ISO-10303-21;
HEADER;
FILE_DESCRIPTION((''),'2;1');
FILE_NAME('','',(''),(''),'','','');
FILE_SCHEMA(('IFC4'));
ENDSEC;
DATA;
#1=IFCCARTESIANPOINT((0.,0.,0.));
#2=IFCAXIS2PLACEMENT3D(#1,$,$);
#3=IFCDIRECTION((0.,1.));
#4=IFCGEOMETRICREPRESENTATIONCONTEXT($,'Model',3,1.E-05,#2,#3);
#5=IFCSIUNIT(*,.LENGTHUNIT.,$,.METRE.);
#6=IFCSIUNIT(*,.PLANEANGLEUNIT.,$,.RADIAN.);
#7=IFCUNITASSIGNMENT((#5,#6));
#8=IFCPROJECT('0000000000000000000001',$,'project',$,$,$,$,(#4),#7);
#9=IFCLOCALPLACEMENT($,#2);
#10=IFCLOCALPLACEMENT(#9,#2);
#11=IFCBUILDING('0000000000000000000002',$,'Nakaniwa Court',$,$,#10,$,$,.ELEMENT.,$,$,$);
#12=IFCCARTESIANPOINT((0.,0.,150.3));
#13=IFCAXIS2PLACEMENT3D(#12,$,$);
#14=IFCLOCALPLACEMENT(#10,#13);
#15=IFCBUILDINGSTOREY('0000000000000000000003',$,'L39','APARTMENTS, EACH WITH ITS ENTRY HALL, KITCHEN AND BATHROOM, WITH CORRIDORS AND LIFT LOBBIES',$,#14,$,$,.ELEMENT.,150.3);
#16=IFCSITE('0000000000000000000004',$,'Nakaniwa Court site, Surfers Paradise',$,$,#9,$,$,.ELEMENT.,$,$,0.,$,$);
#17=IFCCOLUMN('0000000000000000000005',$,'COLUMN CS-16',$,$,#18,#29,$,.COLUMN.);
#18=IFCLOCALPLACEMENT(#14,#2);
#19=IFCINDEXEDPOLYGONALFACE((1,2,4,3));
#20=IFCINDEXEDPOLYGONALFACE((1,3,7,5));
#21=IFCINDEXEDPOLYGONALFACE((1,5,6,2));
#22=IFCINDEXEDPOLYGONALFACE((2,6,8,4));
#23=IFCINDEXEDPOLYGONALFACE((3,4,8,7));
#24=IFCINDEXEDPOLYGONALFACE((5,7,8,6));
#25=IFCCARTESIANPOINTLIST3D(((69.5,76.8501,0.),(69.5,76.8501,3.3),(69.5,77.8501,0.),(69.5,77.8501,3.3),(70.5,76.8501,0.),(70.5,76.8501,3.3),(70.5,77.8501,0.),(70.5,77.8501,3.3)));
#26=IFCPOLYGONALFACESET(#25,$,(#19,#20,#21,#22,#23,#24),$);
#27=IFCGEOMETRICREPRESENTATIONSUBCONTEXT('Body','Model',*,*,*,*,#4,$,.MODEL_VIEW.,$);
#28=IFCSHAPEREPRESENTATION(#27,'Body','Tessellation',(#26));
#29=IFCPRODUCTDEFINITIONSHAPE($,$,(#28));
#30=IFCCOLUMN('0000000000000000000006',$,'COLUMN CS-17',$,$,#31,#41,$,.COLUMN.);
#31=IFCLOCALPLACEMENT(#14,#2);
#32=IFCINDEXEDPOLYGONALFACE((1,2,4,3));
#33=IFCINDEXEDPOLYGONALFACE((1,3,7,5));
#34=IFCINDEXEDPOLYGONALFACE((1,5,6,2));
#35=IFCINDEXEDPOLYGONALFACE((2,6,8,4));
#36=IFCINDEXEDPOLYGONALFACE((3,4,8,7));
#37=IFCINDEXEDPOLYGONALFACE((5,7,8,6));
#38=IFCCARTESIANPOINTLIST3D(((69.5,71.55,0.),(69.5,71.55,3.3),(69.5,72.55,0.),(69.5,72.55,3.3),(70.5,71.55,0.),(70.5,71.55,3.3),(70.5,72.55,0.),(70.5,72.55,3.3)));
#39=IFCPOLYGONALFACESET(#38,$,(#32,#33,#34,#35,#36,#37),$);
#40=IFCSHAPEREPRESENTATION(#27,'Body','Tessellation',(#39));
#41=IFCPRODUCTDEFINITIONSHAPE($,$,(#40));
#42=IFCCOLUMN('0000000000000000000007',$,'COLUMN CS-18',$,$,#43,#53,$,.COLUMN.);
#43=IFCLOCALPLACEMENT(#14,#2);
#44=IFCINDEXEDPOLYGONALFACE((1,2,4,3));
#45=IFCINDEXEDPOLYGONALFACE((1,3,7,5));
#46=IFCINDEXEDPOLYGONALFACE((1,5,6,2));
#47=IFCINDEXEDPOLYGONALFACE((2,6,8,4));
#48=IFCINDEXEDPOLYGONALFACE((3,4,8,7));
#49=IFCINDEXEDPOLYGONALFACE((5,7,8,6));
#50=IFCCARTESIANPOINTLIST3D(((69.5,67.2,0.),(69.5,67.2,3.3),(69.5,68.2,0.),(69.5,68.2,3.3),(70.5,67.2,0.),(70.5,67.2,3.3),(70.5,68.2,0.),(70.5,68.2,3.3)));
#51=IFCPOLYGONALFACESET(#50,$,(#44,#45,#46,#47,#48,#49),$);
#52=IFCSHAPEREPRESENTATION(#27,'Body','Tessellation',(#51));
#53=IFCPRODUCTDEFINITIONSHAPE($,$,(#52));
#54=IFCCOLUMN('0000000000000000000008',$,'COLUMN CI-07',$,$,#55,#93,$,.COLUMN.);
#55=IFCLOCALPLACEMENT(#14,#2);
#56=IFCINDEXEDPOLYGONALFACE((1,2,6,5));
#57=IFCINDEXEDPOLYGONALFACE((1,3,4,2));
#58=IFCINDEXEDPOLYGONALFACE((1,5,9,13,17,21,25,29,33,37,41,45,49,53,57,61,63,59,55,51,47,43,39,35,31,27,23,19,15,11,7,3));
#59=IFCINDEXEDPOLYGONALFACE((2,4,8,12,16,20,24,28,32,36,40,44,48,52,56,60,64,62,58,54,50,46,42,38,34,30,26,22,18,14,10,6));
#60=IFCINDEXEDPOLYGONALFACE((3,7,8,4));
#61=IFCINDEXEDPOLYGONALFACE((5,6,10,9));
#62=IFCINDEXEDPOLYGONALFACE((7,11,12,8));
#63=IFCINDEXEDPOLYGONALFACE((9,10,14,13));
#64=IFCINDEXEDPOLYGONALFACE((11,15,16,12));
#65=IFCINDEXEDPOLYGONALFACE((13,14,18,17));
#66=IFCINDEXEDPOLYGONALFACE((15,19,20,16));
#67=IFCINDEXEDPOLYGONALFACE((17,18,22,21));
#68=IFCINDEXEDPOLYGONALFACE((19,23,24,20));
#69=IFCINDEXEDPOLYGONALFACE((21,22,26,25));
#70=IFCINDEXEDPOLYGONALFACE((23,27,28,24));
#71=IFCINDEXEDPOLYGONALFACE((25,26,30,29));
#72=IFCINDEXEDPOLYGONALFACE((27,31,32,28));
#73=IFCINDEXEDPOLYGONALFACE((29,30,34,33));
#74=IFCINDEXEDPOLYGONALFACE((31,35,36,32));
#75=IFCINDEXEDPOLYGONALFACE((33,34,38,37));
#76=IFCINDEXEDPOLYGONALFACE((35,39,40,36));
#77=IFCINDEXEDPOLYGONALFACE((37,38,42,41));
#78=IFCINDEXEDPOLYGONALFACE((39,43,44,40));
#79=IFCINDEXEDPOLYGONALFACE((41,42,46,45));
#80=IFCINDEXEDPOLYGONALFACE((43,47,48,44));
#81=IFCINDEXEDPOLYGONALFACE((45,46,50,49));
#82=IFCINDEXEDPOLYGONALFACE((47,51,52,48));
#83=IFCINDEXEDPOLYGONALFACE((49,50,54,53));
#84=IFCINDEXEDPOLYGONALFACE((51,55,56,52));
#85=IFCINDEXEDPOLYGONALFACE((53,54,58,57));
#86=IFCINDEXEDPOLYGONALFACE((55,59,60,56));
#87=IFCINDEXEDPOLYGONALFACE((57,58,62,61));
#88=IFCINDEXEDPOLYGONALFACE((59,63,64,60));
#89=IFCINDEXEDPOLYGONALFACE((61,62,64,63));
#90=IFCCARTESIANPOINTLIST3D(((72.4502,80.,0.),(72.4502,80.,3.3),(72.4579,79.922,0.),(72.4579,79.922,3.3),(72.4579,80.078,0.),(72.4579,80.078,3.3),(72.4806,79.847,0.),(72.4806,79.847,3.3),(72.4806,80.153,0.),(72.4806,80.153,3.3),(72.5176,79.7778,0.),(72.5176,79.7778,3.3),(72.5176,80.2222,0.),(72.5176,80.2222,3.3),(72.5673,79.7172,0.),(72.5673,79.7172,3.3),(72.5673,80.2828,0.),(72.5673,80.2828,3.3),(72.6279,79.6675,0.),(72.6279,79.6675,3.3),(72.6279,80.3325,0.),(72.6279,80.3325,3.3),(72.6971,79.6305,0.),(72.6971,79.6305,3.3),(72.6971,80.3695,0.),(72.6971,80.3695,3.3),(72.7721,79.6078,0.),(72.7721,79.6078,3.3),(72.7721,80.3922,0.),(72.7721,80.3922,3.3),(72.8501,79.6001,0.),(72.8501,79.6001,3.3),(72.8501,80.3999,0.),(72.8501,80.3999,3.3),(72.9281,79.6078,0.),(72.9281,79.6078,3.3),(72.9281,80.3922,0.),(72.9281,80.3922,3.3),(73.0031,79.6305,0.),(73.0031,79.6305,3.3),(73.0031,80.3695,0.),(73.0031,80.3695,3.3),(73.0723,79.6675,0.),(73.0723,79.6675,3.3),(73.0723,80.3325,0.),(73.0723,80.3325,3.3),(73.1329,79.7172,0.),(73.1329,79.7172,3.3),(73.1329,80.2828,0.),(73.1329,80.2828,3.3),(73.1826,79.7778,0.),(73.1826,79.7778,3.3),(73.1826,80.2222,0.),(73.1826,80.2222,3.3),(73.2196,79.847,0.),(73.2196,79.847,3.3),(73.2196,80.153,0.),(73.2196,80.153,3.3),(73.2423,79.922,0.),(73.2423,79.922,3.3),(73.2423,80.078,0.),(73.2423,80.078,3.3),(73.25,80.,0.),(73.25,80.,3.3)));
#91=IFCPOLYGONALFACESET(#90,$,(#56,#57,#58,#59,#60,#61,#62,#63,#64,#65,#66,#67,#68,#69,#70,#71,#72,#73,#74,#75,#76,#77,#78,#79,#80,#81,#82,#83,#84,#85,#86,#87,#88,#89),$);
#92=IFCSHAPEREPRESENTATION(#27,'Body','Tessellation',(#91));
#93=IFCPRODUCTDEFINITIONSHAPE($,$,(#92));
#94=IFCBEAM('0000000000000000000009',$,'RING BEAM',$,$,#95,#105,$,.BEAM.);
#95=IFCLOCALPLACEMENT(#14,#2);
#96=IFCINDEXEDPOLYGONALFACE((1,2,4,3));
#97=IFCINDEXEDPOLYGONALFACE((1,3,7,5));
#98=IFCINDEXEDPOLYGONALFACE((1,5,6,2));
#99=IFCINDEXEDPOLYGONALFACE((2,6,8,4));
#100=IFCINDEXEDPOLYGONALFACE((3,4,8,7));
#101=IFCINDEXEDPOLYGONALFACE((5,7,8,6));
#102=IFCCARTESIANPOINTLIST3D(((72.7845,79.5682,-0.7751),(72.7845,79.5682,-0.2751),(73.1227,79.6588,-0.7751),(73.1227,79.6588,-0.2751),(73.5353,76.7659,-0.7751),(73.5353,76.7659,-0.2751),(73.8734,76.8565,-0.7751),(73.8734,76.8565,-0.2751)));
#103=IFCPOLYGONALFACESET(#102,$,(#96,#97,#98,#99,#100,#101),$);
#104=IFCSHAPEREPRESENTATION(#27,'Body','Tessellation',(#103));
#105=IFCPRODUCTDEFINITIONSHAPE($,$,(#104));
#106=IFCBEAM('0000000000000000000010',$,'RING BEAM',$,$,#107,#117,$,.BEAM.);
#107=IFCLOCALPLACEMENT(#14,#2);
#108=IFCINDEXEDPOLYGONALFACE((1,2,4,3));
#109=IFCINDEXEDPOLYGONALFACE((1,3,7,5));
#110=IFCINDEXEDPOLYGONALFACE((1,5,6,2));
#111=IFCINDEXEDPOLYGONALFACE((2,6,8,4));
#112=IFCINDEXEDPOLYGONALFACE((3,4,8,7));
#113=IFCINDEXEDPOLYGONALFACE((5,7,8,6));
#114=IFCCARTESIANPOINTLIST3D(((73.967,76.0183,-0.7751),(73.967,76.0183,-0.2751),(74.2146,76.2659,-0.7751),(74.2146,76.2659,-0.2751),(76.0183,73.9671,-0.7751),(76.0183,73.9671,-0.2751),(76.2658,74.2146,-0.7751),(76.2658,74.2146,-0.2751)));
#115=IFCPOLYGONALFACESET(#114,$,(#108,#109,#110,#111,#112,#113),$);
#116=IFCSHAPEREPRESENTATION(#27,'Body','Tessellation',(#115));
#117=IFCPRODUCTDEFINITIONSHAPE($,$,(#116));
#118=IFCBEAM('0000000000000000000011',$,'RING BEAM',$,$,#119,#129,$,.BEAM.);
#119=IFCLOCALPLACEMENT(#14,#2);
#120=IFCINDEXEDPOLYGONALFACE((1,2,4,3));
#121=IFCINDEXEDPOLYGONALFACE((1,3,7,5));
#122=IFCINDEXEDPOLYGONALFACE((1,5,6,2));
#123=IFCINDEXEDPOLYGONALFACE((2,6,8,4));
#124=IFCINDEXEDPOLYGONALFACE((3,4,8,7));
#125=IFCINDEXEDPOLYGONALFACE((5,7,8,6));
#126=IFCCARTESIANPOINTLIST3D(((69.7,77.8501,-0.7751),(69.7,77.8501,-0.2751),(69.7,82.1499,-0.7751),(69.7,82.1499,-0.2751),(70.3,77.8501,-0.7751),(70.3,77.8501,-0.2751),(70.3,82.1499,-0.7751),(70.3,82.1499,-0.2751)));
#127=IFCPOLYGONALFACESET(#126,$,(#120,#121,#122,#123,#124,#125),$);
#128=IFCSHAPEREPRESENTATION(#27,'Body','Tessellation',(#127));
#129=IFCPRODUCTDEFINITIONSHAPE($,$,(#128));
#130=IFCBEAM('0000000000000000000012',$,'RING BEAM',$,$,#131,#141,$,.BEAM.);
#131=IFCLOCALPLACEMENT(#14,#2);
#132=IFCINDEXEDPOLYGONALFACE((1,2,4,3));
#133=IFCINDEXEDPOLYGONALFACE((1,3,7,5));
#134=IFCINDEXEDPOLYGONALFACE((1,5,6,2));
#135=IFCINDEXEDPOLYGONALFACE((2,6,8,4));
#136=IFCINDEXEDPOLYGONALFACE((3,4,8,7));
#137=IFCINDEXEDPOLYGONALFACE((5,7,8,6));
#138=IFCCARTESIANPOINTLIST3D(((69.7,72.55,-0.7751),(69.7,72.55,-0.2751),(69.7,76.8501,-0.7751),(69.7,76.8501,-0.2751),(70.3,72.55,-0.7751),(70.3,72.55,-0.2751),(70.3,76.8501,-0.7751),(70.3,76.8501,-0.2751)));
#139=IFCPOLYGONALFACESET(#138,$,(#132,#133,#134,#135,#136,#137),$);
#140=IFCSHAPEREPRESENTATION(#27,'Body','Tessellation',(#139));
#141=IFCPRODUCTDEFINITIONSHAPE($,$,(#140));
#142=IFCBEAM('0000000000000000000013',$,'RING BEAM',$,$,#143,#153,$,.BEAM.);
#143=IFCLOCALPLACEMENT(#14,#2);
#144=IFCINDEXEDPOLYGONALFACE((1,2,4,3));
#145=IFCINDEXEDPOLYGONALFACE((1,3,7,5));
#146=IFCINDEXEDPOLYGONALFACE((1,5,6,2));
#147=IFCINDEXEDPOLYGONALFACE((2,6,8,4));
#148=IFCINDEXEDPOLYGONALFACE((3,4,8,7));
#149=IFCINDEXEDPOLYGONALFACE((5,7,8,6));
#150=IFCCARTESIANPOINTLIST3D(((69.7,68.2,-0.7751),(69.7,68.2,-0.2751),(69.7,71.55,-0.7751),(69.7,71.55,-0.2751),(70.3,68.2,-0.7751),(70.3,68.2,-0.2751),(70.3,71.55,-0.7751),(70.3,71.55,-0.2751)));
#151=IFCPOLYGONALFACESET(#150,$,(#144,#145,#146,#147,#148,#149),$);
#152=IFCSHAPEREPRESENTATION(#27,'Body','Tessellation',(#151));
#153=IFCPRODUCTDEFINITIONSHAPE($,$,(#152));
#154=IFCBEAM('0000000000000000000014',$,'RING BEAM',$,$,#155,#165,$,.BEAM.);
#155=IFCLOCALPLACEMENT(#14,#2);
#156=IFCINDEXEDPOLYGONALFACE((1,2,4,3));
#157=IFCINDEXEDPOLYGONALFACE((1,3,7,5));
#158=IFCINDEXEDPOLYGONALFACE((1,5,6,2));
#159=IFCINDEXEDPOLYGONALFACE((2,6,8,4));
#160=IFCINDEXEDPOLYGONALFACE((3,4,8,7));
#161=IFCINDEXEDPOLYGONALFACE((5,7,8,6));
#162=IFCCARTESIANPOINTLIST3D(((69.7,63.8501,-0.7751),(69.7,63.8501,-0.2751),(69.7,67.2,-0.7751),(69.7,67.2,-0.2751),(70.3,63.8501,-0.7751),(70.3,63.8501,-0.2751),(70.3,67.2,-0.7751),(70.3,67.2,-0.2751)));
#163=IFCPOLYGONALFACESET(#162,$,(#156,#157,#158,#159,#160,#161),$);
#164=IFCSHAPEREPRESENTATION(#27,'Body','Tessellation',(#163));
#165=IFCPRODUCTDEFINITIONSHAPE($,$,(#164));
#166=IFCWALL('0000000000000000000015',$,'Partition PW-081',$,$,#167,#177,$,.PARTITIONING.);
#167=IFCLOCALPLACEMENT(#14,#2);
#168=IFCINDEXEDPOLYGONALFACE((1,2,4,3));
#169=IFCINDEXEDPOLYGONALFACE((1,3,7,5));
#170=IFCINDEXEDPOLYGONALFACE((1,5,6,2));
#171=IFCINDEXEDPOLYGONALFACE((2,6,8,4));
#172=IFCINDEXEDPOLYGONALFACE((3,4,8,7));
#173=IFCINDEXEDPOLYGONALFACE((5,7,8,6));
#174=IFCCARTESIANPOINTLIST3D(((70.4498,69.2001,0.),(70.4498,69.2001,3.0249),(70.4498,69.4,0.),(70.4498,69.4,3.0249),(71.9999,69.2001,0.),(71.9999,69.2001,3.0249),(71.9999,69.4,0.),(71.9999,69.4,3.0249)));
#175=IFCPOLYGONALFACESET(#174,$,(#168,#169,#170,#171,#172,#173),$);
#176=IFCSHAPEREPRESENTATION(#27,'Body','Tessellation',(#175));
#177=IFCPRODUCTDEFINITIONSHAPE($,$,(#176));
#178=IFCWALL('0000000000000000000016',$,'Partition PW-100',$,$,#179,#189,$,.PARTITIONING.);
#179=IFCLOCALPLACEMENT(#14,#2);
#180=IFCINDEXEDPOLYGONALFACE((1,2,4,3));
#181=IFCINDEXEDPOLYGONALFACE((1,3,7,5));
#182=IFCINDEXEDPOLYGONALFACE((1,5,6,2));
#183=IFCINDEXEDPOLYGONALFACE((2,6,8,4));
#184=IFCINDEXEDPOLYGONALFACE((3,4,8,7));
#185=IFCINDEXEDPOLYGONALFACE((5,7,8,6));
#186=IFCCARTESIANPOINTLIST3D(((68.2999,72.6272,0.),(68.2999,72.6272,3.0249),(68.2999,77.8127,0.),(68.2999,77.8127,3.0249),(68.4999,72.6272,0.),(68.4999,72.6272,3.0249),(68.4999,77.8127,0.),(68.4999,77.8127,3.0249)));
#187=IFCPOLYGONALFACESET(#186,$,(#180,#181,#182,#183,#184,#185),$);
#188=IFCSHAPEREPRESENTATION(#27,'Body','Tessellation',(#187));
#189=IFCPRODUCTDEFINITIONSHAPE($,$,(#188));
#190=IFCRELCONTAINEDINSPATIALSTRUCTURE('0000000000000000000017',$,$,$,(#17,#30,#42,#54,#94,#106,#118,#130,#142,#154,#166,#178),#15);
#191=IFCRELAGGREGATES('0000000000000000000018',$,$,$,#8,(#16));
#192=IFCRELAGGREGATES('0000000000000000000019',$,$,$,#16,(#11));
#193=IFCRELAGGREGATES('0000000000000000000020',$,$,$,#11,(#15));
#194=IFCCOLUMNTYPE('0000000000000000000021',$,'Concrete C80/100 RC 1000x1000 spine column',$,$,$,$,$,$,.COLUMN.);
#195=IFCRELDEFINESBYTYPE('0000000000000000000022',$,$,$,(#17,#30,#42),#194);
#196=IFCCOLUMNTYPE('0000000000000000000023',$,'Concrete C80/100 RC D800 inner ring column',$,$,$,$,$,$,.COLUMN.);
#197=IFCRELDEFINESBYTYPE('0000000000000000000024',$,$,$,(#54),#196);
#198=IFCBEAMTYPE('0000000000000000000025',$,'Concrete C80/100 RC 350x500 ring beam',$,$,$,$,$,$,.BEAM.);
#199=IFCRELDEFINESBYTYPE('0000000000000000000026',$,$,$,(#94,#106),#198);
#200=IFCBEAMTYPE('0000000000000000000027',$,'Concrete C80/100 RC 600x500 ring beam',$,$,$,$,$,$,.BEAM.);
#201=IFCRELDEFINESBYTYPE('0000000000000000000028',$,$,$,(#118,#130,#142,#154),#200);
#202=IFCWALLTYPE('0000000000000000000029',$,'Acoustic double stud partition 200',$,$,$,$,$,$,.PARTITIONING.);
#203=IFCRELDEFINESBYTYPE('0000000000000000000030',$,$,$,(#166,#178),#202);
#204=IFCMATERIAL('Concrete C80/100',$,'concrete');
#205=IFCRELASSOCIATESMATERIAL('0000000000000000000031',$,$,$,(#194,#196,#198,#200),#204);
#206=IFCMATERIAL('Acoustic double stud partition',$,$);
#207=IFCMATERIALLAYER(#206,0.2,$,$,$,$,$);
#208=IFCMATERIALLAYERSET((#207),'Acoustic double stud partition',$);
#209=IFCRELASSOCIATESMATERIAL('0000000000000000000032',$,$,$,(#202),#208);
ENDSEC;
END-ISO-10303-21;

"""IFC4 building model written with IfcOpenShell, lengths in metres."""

from ifc_helpers import new_model, si_unit, direction, frame, frame_2d, origin, origin_2d, place, context, subcontext, project, spatial, rectangle, circle, extrude, material, layer, layer_set, material_profile, profile_set, type_object, element, save


model = new_model("IFC4")

# Units and contexts
model_context = context("Model", 3, precision=1e-05, world=origin(), true_north=direction((0.0, 1.0)))
body_context = subcontext(model_context, "Body", "Model", "MODEL_VIEW")
ifc_project = project(units=[si_unit("LENGTHUNIT", "METRE"), si_unit("PLANEANGLEUNIT", "RADIAN")], contexts=[model_context])

# Site, building, storey
site_placement = place(None, origin())
site = spatial("IfcSite", under=ifc_project, at=site_placement, Name="Nakaniwa Court site, Surfers Paradise", CompositionType="ELEMENT", RefElevation=0.0)
building_placement = place(site_placement, origin())
building = spatial("IfcBuilding", under=site, at=building_placement, Name="Nakaniwa Court", CompositionType="ELEMENT")
storey_placement = place(building_placement, frame((0.0, 0.0, 150.3)))
storey = spatial("IfcBuildingStorey", under=building, at=storey_placement, Name="L39", Description="APARTMENTS, EACH WITH ITS ENTRY HALL, KITCHEN AND BATHROOM, WITH CORRIDORS AND LIFT LOBBIES", CompositionType="ELEMENT", Elevation=150.3)

# Columns
ifc_material_1 = material(Name="Concrete C80/100", Category="concrete")
ifc_material_profile_1 = material_profile(ifc_material_1, rectangle(XDim=1.0, YDim=1.0, at=origin_2d()), Name="Concrete C80/100 RC 1000x1000 spine column")
ifc_profile_set_1 = profile_set([ifc_material_profile_1], Name="Concrete C80/100")
column_type_1 = type_object("IfcColumnType", Name="Concrete C80/100 RC 1000x1000 spine column", PredefinedType="COLUMN", material=ifc_profile_set_1)
for number, where, z_axis, x_axis, name in (
    (1, (70.0, 77.3501, 0.0), (0.0, 0.0, 1.0), (0.0, -1.0, 0.0), "COLUMN CS-16"),
    (2, (70.0, 72.05, 0.0), (0.0, 0.0, 1.0), (0.0, -1.0, 0.0), "COLUMN CS-17"),
    (3, (70.0, 67.7, 0.0), (0.0, 0.0, 1.0), (0.0, -1.0, 0.0), "COLUMN CS-18"),
):
    element("IfcColumn", number, at=place(storey_placement, frame(where, z_axis=z_axis, x_axis=x_axis)), inside=storey, type_object=column_type_1, Name=name, PredefinedType="COLUMN", context=body_context, shape_type="SweptSolid", body=[
        extrude(rectangle(XDim=1.0, YDim=1.0, at=origin_2d()), origin(), (0.0, 0.0, 1.0), 3.3),
    ])
ifc_material_profile_2 = material_profile(ifc_material_1, circle(Radius=0.3999, at=origin_2d()), Name="Concrete C80/100 RC D800 inner ring column")
ifc_profile_set_2 = profile_set([ifc_material_profile_2], Name="Concrete C80/100")
column_type_2 = type_object("IfcColumnType", Name="Concrete C80/100 RC D800 inner ring column", PredefinedType="COLUMN", material=ifc_profile_set_2)
for number, where, z_axis, x_axis, name in (
    (4, (72.8501, 80.0, 0.0), (0.0, 0.0, 1.0), (0.0, -1.0, 0.0), "COLUMN CI-07"),
):
    element("IfcColumn", number, at=place(storey_placement, frame(where, z_axis=z_axis, x_axis=x_axis)), inside=storey, type_object=column_type_2, Name=name, PredefinedType="COLUMN", context=body_context, shape_type="SweptSolid", body=[
        extrude(circle(Radius=0.3999, at=origin_2d()), origin(), (0.0, 0.0, 1.0), 3.3),
    ])

# Beams
ifc_material_profile_3 = material_profile(ifc_material_1, rectangle(XDim=0.3501, YDim=0.5, at=origin_2d()), Name="Concrete C80/100 RC 350x500 ring beam")
ifc_profile_set_3 = profile_set([ifc_material_profile_3], Name="Concrete C80/100")
beam_type_1 = type_object("IfcBeamType", Name="Concrete C80/100 RC 350x500 ring beam", PredefinedType="BEAM", material=ifc_profile_set_3)
beam_1_placement = place(storey_placement, frame((72.9536, 79.6135, -0.5251), z_axis=(0.258778, -0.965937, 0.0), x_axis=(0.965937, 0.258778, 0.0)))
element("IfcBeam", 5, at=beam_1_placement, inside=storey, type_object=beam_type_1, Name="RING BEAM", PredefinedType="BEAM", context=body_context, shape_type="SweptSolid", body=[
    extrude(rectangle(XDim=0.3501, YDim=0.5, at=origin_2d()), origin(), (0.0, 0.0, 1.0), 2.9011),
])
beam_2_placement = place(storey_placement, frame((74.0908, 76.1421, -0.5251), z_axis=(0.707107, -0.707107, 0.0), x_axis=(0.707107, 0.707107, 0.0)))
element("IfcBeam", 6, at=beam_2_placement, inside=storey, type_object=beam_type_1, Name="RING BEAM", PredefinedType="BEAM", context=body_context, shape_type="SweptSolid", body=[
    extrude(rectangle(XDim=0.3501, YDim=0.5, at=origin_2d()), origin(), (0.0, 0.0, 1.0), 2.9009),
])
ifc_material_profile_4 = material_profile(ifc_material_1, rectangle(XDim=0.6001, YDim=0.5, at=origin_2d()), Name="Concrete C80/100 RC 600x500 ring beam")
ifc_profile_set_4 = profile_set([ifc_material_profile_4], Name="Concrete C80/100")
beam_type_2 = type_object("IfcBeamType", Name="Concrete C80/100 RC 600x500 ring beam", PredefinedType="BEAM", material=ifc_profile_set_4)
beam_3_placement = place(storey_placement, frame((70.0, 82.1499, -0.5251), z_axis=(0.0, -1.0, 0.0), x_axis=(1.0, 0.0, 0.0)))
element("IfcBeam", 7, at=beam_3_placement, inside=storey, type_object=beam_type_2, Name="RING BEAM", PredefinedType="BEAM", context=body_context, shape_type="SweptSolid", body=[
    extrude(rectangle(XDim=0.6001, YDim=0.5, at=origin_2d()), origin(), (0.0, 0.0, 1.0), 4.2998),
])
beam_4_placement = place(storey_placement, frame((70.0, 76.8501, -0.5251), z_axis=(0.0, -1.0, 0.0), x_axis=(1.0, 0.0, 0.0)))
element("IfcBeam", 8, at=beam_4_placement, inside=storey, type_object=beam_type_2, Name="RING BEAM", PredefinedType="BEAM", context=body_context, shape_type="SweptSolid", body=[
    extrude(rectangle(XDim=0.6001, YDim=0.5, at=origin_2d()), origin(), (0.0, 0.0, 1.0), 4.3),
])
beam_5_placement = place(storey_placement, frame((70.0, 71.55, -0.5251), z_axis=(0.0, -1.0, 0.0), x_axis=(1.0, 0.0, 0.0)))
element("IfcBeam", 9, at=beam_5_placement, inside=storey, type_object=beam_type_2, Name="RING BEAM", PredefinedType="BEAM", context=body_context, shape_type="SweptSolid", body=[
    extrude(rectangle(XDim=0.6001, YDim=0.5, at=origin_2d()), origin(), (0.0, 0.0, 1.0), 3.3501),
])
beam_6_placement = place(storey_placement, frame((70.0, 67.2, -0.5251), z_axis=(0.0, -1.0, 0.0), x_axis=(1.0, 0.0, 0.0)))
element("IfcBeam", 10, at=beam_6_placement, inside=storey, type_object=beam_type_2, Name="RING BEAM", PredefinedType="BEAM", context=body_context, shape_type="SweptSolid", body=[
    extrude(rectangle(XDim=0.6001, YDim=0.5, at=origin_2d()), origin(), (0.0, 0.0, 1.0), 3.3499),
])

# Walls
ifc_material_2 = material(Name="Acoustic double stud partition")
ifc_layer_1 = layer(ifc_material_2, 0.2)
ifc_layer_set_1 = layer_set([ifc_layer_1], Name="Acoustic double stud partition")
wall_type_1 = type_object("IfcWallType", Name="Acoustic double stud partition 200", PredefinedType="PARTITIONING", material=ifc_layer_set_1)
wall_1_placement = place(storey_placement, frame((70.45, 69.3, 0.0), z_axis=(0.0, 0.0, 1.0), x_axis=(1.0, 0.0, 0.0)))
element("IfcWall", 11, at=wall_1_placement, inside=storey, type_object=wall_type_1, Name="Partition PW-081", PredefinedType="PARTITIONING", context=body_context, shape_type="SweptSolid", body=[
    extrude(rectangle(XDim=1.55, YDim=0.2, at=frame_2d((0.7749, 0.0))), origin(), (0.0, 0.0, 1.0), 3.0249),
])
wall_2_placement = place(storey_placement, frame((68.3999, 72.6272, 0.0), z_axis=(0.0, 0.0, 1.0), x_axis=(0.0, 1.0, 0.0)))
element("IfcWall", 12, at=wall_2_placement, inside=storey, type_object=wall_type_1, Name="Partition PW-100", PredefinedType="PARTITIONING", context=body_context, shape_type="SweptSolid", body=[
    extrude(rectangle(XDim=5.1855, YDim=0.2, at=frame_2d((2.5928, 0.0))), origin(), (0.0, 0.0, 1.0), 3.0249),
])

save(model, "model.ifc")
